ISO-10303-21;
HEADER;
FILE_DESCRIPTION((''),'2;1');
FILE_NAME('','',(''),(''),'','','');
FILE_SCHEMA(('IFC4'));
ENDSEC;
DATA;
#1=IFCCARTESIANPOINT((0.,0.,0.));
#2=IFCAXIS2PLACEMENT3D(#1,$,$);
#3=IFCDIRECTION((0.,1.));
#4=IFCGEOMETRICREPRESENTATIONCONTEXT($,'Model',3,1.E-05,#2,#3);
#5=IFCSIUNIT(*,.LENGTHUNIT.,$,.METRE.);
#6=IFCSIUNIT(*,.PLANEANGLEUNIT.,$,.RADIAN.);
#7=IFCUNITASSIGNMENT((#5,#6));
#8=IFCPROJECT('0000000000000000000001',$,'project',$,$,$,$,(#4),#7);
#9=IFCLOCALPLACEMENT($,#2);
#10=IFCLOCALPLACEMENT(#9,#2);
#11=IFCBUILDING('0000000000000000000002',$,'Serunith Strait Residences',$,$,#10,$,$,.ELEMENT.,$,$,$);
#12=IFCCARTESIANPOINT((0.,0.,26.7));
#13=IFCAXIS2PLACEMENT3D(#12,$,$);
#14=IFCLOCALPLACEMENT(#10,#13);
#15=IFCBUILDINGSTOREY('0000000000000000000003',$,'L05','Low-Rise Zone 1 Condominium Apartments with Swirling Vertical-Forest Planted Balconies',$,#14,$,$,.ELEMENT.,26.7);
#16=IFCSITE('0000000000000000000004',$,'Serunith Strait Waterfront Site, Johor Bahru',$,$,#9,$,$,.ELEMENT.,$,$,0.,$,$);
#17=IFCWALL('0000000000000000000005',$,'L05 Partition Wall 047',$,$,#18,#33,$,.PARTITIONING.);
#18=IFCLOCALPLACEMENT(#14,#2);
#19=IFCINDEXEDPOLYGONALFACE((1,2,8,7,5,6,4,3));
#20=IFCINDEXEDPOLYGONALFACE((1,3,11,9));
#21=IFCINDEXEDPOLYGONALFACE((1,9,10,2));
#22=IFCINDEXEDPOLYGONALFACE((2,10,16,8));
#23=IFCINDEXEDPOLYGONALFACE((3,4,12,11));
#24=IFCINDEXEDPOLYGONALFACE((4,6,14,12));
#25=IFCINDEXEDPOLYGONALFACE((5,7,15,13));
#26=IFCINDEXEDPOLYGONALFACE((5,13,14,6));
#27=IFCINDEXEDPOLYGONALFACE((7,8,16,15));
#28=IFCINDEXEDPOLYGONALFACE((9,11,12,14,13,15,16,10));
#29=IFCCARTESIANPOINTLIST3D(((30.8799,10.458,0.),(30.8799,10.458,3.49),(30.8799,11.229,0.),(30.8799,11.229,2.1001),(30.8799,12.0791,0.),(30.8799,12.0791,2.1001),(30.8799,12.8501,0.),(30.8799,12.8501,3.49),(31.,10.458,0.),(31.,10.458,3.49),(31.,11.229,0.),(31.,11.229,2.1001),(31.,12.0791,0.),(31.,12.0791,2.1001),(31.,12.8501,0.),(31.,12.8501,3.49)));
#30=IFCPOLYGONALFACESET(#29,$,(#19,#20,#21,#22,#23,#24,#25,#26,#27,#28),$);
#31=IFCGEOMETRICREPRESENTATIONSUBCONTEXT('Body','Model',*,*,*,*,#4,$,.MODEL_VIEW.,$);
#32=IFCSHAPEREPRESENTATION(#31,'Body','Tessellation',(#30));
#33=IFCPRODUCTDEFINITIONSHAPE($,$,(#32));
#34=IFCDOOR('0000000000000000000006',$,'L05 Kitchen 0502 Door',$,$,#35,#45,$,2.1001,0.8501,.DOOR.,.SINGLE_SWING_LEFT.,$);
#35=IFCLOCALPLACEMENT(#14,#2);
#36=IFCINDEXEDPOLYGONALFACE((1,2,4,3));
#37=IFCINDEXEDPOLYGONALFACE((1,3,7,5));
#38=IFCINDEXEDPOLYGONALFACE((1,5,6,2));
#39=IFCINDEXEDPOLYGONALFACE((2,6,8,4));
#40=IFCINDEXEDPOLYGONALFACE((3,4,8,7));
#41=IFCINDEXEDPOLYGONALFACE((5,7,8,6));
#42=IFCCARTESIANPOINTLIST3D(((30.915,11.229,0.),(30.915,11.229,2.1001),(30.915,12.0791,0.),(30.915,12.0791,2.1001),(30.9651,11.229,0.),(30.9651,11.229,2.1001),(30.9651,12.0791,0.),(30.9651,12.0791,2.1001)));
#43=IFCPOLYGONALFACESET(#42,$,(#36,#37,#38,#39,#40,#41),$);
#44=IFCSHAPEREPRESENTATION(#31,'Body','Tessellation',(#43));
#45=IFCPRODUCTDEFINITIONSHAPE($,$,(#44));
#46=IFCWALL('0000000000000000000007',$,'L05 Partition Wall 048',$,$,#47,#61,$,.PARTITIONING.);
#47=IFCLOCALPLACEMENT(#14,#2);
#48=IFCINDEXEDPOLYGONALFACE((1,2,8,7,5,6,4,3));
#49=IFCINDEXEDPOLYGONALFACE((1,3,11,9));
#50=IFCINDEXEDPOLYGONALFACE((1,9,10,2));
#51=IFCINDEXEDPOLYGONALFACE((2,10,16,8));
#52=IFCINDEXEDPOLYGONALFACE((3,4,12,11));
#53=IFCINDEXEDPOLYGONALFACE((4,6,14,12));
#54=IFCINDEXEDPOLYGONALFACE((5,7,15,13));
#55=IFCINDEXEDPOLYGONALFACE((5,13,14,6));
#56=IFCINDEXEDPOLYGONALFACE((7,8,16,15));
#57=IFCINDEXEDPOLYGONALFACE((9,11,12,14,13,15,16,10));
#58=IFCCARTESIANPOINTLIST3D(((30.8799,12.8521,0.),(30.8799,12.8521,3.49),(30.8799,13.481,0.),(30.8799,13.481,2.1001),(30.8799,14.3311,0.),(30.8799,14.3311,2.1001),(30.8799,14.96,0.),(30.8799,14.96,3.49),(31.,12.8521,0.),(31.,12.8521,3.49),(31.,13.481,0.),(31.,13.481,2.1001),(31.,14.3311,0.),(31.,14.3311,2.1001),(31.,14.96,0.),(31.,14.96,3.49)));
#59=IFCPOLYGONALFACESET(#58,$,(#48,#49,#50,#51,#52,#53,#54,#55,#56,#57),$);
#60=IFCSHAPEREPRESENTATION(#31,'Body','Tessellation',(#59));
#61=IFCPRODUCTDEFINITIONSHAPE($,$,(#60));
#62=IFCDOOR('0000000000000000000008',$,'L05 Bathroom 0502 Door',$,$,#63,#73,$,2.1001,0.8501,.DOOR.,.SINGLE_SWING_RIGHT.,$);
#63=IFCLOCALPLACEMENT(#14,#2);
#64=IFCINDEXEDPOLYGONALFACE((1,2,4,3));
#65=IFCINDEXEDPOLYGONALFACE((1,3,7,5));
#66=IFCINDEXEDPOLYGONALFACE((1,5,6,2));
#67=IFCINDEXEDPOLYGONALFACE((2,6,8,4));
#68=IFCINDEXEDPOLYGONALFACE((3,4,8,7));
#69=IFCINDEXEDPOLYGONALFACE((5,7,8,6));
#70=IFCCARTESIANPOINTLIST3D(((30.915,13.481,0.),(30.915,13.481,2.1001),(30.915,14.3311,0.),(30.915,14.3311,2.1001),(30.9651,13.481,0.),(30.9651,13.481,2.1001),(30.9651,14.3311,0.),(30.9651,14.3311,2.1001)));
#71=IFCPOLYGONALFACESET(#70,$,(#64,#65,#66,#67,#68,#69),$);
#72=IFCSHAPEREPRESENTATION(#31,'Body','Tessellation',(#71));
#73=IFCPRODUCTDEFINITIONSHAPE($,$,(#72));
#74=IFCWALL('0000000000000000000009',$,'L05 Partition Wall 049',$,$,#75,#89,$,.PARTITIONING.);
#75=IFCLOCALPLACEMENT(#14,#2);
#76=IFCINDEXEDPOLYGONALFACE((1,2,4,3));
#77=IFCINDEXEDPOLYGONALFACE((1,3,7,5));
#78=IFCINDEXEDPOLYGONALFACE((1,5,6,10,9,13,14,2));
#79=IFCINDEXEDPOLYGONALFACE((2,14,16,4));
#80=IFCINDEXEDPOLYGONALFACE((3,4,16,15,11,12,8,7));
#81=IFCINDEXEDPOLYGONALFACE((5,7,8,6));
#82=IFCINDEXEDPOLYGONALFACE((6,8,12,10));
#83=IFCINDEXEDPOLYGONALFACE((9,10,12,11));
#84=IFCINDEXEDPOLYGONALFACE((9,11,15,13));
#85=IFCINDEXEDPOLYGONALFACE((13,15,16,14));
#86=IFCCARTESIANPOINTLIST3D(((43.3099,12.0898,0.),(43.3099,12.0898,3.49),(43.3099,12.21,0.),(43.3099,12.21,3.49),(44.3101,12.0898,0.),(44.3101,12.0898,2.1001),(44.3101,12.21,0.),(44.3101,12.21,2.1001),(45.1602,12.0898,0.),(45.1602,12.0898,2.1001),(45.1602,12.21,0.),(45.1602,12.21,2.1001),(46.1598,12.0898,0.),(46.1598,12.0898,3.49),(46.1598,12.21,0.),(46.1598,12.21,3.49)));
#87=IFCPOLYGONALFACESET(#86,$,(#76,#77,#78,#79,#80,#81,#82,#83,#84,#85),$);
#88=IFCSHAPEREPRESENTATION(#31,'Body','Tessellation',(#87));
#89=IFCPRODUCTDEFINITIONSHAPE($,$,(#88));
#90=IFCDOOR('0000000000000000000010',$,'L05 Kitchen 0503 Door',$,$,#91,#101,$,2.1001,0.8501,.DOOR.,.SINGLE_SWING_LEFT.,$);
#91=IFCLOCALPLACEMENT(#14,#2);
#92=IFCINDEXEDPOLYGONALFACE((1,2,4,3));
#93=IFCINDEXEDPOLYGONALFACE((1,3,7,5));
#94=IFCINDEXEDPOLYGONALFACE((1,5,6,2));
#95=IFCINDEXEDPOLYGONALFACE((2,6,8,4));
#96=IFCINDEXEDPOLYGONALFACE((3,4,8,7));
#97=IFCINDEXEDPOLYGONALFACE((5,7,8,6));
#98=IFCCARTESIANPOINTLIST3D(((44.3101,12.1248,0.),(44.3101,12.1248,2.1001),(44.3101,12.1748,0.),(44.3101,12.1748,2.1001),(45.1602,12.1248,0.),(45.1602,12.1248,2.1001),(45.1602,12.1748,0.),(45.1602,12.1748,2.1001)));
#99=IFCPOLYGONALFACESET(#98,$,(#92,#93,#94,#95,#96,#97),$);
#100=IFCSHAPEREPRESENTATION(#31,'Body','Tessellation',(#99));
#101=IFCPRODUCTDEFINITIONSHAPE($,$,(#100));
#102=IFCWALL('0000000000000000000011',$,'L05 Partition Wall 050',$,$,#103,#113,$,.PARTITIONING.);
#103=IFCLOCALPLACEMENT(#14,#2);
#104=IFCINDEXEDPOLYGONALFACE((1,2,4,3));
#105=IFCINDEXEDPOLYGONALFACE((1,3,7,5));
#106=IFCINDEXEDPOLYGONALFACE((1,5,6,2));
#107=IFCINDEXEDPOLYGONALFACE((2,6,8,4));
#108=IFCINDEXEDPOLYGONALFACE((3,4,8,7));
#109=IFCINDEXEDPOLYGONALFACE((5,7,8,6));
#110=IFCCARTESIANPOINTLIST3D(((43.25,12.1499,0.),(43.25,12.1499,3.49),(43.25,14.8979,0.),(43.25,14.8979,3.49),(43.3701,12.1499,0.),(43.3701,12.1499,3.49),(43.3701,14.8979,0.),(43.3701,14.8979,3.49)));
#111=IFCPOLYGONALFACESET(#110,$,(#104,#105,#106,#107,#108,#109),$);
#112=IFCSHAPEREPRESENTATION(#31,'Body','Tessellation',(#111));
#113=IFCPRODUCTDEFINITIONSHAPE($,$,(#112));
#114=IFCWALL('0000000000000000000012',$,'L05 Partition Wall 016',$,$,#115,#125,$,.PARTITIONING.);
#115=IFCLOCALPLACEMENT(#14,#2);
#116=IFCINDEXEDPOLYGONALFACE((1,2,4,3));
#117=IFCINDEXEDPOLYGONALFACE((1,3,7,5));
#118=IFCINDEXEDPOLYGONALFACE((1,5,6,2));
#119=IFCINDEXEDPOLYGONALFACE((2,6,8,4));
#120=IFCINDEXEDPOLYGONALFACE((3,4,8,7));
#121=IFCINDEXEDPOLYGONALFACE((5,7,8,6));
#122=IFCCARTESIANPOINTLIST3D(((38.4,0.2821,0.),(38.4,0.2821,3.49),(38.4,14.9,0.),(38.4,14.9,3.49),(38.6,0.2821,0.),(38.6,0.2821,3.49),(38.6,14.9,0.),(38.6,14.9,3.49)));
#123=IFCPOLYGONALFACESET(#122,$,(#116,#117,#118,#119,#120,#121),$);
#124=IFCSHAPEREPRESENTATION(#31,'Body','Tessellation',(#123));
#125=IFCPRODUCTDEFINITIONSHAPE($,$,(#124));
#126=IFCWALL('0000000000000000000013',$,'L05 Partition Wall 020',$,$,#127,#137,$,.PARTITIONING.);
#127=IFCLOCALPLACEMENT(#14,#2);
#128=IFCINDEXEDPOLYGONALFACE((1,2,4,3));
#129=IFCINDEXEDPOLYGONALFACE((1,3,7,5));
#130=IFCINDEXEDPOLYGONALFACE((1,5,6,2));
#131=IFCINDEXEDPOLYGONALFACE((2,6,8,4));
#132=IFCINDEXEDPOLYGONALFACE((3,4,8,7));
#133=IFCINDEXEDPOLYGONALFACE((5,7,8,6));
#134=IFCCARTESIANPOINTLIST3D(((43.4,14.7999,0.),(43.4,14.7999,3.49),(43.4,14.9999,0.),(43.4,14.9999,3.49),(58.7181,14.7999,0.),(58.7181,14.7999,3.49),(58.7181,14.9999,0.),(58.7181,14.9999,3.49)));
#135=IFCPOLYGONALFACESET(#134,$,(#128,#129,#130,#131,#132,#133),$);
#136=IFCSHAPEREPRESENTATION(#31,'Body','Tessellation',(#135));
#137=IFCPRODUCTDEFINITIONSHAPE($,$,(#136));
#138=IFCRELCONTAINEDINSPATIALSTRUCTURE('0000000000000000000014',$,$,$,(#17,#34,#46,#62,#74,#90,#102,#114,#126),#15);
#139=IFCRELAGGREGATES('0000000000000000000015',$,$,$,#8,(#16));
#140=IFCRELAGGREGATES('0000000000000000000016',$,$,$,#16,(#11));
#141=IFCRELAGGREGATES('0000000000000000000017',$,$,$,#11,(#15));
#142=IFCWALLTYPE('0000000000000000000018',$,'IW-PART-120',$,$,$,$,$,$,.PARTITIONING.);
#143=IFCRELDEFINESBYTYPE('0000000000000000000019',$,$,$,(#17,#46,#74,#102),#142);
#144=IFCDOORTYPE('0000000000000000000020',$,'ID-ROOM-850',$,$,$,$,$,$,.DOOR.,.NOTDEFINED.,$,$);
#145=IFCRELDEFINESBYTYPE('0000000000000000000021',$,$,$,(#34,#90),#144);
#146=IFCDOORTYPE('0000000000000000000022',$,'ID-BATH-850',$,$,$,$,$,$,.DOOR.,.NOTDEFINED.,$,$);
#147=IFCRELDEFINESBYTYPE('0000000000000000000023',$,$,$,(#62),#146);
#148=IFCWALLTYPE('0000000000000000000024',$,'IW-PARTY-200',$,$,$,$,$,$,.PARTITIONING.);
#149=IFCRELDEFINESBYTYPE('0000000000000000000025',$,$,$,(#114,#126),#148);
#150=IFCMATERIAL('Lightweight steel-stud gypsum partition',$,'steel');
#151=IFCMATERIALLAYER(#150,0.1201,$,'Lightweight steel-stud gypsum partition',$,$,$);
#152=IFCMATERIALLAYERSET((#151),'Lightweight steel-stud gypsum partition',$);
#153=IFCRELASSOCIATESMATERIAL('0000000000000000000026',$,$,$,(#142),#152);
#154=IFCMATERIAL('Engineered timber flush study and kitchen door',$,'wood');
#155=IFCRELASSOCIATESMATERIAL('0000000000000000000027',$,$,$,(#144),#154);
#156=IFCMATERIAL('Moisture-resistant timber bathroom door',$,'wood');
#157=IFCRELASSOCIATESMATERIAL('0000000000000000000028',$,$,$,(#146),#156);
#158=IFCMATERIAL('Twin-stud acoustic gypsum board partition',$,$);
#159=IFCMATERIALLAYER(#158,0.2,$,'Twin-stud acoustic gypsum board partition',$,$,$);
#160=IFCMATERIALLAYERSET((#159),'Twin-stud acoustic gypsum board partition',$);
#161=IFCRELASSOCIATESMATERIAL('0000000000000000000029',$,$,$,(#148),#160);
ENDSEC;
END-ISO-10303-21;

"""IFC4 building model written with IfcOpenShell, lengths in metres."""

from ifc_helpers import new_model, si_unit, direction, frame, frame_2d, origin, place, context, subcontext, project, spatial, rectangle, extrude, source, transform, mapped, material, layer, layer_set, type_object, element, fill, save


model = new_model("IFC4")

# Units and contexts
model_context = context("Model", 3, precision=1e-05, world=origin(), true_north=direction((0.0, 1.0)))
body_context = subcontext(model_context, "Body", "Model", "MODEL_VIEW")
ifc_project = project(units=[si_unit("LENGTHUNIT", "METRE"), si_unit("PLANEANGLEUNIT", "RADIAN")], contexts=[model_context])

# Site, building, storey
site_placement = place(None, origin())
site = spatial("IfcSite", under=ifc_project, at=site_placement, Name="Serunith Strait Waterfront Site, Johor Bahru", CompositionType="ELEMENT", RefElevation=0.0)
building_placement = place(site_placement, origin())
building = spatial("IfcBuilding", under=site, at=building_placement, Name="Serunith Strait Residences", CompositionType="ELEMENT")
storey_placement = place(building_placement, frame((0.0, 0.0, 26.7)))
storey = spatial("IfcBuildingStorey", under=building, at=storey_placement, Name="L05", Description="Low-Rise Zone 1 Condominium Apartments with Swirling Vertical-Forest Planted Balconies", CompositionType="ELEMENT", Elevation=26.7)

# Shared definitions
ifc_material_1 = material(Name="Lightweight steel-stud gypsum partition", Category="steel")
ifc_layer_1 = layer(ifc_material_1, 0.1201, Name="Lightweight steel-stud gypsum partition")
ifc_layer_set_1 = layer_set([ifc_layer_1], Name="Lightweight steel-stud gypsum partition")
wall_type_1 = type_object("IfcWallType", Name="IW-PART-120", PredefinedType="PARTITIONING", material=ifc_layer_set_1)

# Walls, openings, doors
ifc_material_2 = material(Name="Engineered timber flush study and kitchen door", Category="wood")
door_type_1 = type_object("IfcDoorType", Name="ID-ROOM-850", OperationType="NOTDEFINED", PredefinedType="DOOR", material=ifc_material_2)
shared_shape_1 = source(origin(), body_context, "Body", "SweptSolid", [
    extrude(rectangle(XDim=0.8501, YDim=2.1001, at=frame_2d((0.425, 1.05))), frame((0.0, 0.0249, 0.0), z_axis=(0.0, -1.0, 0.0), x_axis=(1.0, 0.0, 0.0)), (0.0, 0.0, 1.0), 0.05),
])
wall_1_placement = place(storey_placement, frame((30.9399, 10.458, 0.0), z_axis=(0.0, 0.0, 1.0), x_axis=(0.0, 1.0, 0.0)))
wall_1 = element("IfcWall", 1, at=wall_1_placement, inside=storey, type_object=wall_type_1, Name="L05 Partition Wall 047", PredefinedType="PARTITIONING", context=body_context, shape_type="SweptSolid", body=[
    extrude(rectangle(XDim=2.3921, YDim=0.1201, at=frame_2d((1.196, 0.0))), origin(), (0.0, 0.0, 1.0), 3.49),
])
opening_1_placement = place(wall_1_placement, frame((0.771, 0.0, 0.0)))
opening_1 = element("IfcOpeningElement", 2, at=opening_1_placement, cuts=wall_1, PredefinedType="OPENING", context=body_context, shape_type="SweptSolid", body=[
    extrude(rectangle(XDim=0.8501, YDim=2.1001, at=frame_2d((0.425, 1.05))), frame((0.0, 0.0701, 0.0), z_axis=(0.0, -1.0, 0.0), x_axis=(1.0, 0.0, 0.0)), (0.0, 0.0, 1.0), 0.1401),
])
door_1_placement = place(opening_1_placement, origin())
door_1 = element("IfcDoor", 3, at=door_1_placement, inside=storey, type_object=door_type_1, Name="L05 Kitchen 0502 Door", OperationType="SINGLE_SWING_LEFT", OverallHeight=2.1001, OverallWidth=0.8501, PredefinedType="DOOR", context=body_context, shape_type="MappedRepresentation", body=[
    mapped(shared_shape_1, transform((0.0, 0.0, 0.0), scale=1.0)),
])
fill(opening_1, door_1)
wall_2_placement = place(storey_placement, frame((30.9399, 12.8521, 0.0), z_axis=(0.0, 0.0, 1.0), x_axis=(0.0, 1.0, 0.0)))
wall_2 = element("IfcWall", 4, at=wall_2_placement, inside=storey, type_object=wall_type_1, Name="L05 Partition Wall 048", PredefinedType="PARTITIONING", context=body_context, shape_type="SweptSolid", body=[
    extrude(rectangle(XDim=2.1079, YDim=0.1201, at=frame_2d((1.054, 0.0))), origin(), (0.0, 0.0, 1.0), 3.49),
])
opening_2_placement = place(wall_2_placement, frame((0.6289, 0.0, 0.0)))
opening_2 = element("IfcOpeningElement", 5, at=opening_2_placement, cuts=wall_2, PredefinedType="OPENING", context=body_context, shape_type="SweptSolid", body=[
    extrude(rectangle(XDim=0.8501, YDim=2.1001, at=frame_2d((0.425, 1.05))), frame((0.0, 0.0701, 0.0), z_axis=(0.0, -1.0, 0.0), x_axis=(1.0, 0.0, 0.0)), (0.0, 0.0, 1.0), 0.1401),
])
ifc_material_3 = material(Name="Moisture-resistant timber bathroom door", Category="wood")
door_type_2 = type_object("IfcDoorType", Name="ID-BATH-850", OperationType="NOTDEFINED", PredefinedType="DOOR", material=ifc_material_3)
door_2_placement = place(opening_2_placement, origin())
door_2 = element("IfcDoor", 6, at=door_2_placement, inside=storey, type_object=door_type_2, Name="L05 Bathroom 0502 Door", OperationType="SINGLE_SWING_RIGHT", OverallHeight=2.1001, OverallWidth=0.8501, PredefinedType="DOOR", context=body_context, shape_type="MappedRepresentation", body=[
    mapped(shared_shape_1, transform((0.0, 0.0, 0.0), scale=1.0)),
])
fill(opening_2, door_2)
wall_3_placement = place(storey_placement, frame((43.3101, 12.1499, 0.0), z_axis=(0.0, 0.0, 1.0), x_axis=(1.0, 0.0, 0.0)))
wall_3 = element("IfcWall", 7, at=wall_3_placement, inside=storey, type_object=wall_type_1, Name="L05 Partition Wall 049", PredefinedType="PARTITIONING", context=body_context, shape_type="SweptSolid", body=[
    extrude(rectangle(XDim=2.8499, YDim=0.1201, at=frame_2d((1.4248, 0.0))), origin(), (0.0, 0.0, 1.0), 3.49),
])
opening_3_placement = place(wall_3_placement, frame((1.0, 0.0, 0.0)))
opening_3 = element("IfcOpeningElement", 8, at=opening_3_placement, cuts=wall_3, PredefinedType="OPENING", context=body_context, shape_type="SweptSolid", body=[
    extrude(rectangle(XDim=0.8501, YDim=2.1001, at=frame_2d((0.425, 1.05))), frame((0.0, 0.0701, 0.0), z_axis=(0.0, -1.0, 0.0), x_axis=(1.0, 0.0, 0.0)), (0.0, 0.0, 1.0), 0.1401),
])
door_3_placement = place(opening_3_placement, origin())
door_3 = element("IfcDoor", 9, at=door_3_placement, inside=storey, type_object=door_type_1, Name="L05 Kitchen 0503 Door", OperationType="SINGLE_SWING_LEFT", OverallHeight=2.1001, OverallWidth=0.8501, PredefinedType="DOOR", context=body_context, shape_type="MappedRepresentation", body=[
    mapped(shared_shape_1, transform((0.0, 0.0, 0.0), scale=1.0)),
])
fill(opening_3, door_3)

# Walls
wall_4_placement = place(storey_placement, frame((43.3101, 12.1499, 0.0), z_axis=(0.0, 0.0, 1.0), x_axis=(0.0, 1.0, 0.0)))
element("IfcWall", 10, at=wall_4_placement, inside=storey, type_object=wall_type_1, Name="L05 Partition Wall 050", PredefinedType="PARTITIONING", context=body_context, shape_type="SweptSolid", body=[
    extrude(rectangle(XDim=2.748, YDim=0.1201, at=frame_2d((1.374, 0.0))), origin(), (0.0, 0.0, 1.0), 3.49),
])
ifc_material_4 = material(Name="Twin-stud acoustic gypsum board partition")
ifc_layer_2 = layer(ifc_material_4, 0.2, Name="Twin-stud acoustic gypsum board partition")
ifc_layer_set_2 = layer_set([ifc_layer_2], Name="Twin-stud acoustic gypsum board partition")
wall_type_2 = type_object("IfcWallType", Name="IW-PARTY-200", PredefinedType="PARTITIONING", material=ifc_layer_set_2)
wall_5_placement = place(storey_placement, frame((38.5, 0.282, 0.0), z_axis=(0.0, 0.0, 1.0), x_axis=(0.0, 1.0, 0.0)))
element("IfcWall", 11, at=wall_5_placement, inside=storey, type_object=wall_type_2, Name="L05 Partition Wall 016", PredefinedType="PARTITIONING", context=body_context, shape_type="SweptSolid", body=[
    extrude(rectangle(XDim=14.6179, YDim=0.2, at=frame_2d((7.3091, 0.0))), origin(), (0.0, 0.0, 1.0), 3.49),
])
wall_6_placement = place(storey_placement, frame((43.3999, 14.8999, 0.0), z_axis=(0.0, 0.0, 1.0), x_axis=(1.0, 0.0, 0.0)))
element("IfcWall", 12, at=wall_6_placement, inside=storey, type_object=wall_type_2, Name="L05 Partition Wall 020", PredefinedType="PARTITIONING", context=body_context, shape_type="SweptSolid", body=[
    extrude(rectangle(XDim=15.3181, YDim=0.2, at=frame_2d((7.6592, 0.0))), origin(), (0.0, 0.0, 1.0), 3.49),
])

save(model, "model.ifc")
